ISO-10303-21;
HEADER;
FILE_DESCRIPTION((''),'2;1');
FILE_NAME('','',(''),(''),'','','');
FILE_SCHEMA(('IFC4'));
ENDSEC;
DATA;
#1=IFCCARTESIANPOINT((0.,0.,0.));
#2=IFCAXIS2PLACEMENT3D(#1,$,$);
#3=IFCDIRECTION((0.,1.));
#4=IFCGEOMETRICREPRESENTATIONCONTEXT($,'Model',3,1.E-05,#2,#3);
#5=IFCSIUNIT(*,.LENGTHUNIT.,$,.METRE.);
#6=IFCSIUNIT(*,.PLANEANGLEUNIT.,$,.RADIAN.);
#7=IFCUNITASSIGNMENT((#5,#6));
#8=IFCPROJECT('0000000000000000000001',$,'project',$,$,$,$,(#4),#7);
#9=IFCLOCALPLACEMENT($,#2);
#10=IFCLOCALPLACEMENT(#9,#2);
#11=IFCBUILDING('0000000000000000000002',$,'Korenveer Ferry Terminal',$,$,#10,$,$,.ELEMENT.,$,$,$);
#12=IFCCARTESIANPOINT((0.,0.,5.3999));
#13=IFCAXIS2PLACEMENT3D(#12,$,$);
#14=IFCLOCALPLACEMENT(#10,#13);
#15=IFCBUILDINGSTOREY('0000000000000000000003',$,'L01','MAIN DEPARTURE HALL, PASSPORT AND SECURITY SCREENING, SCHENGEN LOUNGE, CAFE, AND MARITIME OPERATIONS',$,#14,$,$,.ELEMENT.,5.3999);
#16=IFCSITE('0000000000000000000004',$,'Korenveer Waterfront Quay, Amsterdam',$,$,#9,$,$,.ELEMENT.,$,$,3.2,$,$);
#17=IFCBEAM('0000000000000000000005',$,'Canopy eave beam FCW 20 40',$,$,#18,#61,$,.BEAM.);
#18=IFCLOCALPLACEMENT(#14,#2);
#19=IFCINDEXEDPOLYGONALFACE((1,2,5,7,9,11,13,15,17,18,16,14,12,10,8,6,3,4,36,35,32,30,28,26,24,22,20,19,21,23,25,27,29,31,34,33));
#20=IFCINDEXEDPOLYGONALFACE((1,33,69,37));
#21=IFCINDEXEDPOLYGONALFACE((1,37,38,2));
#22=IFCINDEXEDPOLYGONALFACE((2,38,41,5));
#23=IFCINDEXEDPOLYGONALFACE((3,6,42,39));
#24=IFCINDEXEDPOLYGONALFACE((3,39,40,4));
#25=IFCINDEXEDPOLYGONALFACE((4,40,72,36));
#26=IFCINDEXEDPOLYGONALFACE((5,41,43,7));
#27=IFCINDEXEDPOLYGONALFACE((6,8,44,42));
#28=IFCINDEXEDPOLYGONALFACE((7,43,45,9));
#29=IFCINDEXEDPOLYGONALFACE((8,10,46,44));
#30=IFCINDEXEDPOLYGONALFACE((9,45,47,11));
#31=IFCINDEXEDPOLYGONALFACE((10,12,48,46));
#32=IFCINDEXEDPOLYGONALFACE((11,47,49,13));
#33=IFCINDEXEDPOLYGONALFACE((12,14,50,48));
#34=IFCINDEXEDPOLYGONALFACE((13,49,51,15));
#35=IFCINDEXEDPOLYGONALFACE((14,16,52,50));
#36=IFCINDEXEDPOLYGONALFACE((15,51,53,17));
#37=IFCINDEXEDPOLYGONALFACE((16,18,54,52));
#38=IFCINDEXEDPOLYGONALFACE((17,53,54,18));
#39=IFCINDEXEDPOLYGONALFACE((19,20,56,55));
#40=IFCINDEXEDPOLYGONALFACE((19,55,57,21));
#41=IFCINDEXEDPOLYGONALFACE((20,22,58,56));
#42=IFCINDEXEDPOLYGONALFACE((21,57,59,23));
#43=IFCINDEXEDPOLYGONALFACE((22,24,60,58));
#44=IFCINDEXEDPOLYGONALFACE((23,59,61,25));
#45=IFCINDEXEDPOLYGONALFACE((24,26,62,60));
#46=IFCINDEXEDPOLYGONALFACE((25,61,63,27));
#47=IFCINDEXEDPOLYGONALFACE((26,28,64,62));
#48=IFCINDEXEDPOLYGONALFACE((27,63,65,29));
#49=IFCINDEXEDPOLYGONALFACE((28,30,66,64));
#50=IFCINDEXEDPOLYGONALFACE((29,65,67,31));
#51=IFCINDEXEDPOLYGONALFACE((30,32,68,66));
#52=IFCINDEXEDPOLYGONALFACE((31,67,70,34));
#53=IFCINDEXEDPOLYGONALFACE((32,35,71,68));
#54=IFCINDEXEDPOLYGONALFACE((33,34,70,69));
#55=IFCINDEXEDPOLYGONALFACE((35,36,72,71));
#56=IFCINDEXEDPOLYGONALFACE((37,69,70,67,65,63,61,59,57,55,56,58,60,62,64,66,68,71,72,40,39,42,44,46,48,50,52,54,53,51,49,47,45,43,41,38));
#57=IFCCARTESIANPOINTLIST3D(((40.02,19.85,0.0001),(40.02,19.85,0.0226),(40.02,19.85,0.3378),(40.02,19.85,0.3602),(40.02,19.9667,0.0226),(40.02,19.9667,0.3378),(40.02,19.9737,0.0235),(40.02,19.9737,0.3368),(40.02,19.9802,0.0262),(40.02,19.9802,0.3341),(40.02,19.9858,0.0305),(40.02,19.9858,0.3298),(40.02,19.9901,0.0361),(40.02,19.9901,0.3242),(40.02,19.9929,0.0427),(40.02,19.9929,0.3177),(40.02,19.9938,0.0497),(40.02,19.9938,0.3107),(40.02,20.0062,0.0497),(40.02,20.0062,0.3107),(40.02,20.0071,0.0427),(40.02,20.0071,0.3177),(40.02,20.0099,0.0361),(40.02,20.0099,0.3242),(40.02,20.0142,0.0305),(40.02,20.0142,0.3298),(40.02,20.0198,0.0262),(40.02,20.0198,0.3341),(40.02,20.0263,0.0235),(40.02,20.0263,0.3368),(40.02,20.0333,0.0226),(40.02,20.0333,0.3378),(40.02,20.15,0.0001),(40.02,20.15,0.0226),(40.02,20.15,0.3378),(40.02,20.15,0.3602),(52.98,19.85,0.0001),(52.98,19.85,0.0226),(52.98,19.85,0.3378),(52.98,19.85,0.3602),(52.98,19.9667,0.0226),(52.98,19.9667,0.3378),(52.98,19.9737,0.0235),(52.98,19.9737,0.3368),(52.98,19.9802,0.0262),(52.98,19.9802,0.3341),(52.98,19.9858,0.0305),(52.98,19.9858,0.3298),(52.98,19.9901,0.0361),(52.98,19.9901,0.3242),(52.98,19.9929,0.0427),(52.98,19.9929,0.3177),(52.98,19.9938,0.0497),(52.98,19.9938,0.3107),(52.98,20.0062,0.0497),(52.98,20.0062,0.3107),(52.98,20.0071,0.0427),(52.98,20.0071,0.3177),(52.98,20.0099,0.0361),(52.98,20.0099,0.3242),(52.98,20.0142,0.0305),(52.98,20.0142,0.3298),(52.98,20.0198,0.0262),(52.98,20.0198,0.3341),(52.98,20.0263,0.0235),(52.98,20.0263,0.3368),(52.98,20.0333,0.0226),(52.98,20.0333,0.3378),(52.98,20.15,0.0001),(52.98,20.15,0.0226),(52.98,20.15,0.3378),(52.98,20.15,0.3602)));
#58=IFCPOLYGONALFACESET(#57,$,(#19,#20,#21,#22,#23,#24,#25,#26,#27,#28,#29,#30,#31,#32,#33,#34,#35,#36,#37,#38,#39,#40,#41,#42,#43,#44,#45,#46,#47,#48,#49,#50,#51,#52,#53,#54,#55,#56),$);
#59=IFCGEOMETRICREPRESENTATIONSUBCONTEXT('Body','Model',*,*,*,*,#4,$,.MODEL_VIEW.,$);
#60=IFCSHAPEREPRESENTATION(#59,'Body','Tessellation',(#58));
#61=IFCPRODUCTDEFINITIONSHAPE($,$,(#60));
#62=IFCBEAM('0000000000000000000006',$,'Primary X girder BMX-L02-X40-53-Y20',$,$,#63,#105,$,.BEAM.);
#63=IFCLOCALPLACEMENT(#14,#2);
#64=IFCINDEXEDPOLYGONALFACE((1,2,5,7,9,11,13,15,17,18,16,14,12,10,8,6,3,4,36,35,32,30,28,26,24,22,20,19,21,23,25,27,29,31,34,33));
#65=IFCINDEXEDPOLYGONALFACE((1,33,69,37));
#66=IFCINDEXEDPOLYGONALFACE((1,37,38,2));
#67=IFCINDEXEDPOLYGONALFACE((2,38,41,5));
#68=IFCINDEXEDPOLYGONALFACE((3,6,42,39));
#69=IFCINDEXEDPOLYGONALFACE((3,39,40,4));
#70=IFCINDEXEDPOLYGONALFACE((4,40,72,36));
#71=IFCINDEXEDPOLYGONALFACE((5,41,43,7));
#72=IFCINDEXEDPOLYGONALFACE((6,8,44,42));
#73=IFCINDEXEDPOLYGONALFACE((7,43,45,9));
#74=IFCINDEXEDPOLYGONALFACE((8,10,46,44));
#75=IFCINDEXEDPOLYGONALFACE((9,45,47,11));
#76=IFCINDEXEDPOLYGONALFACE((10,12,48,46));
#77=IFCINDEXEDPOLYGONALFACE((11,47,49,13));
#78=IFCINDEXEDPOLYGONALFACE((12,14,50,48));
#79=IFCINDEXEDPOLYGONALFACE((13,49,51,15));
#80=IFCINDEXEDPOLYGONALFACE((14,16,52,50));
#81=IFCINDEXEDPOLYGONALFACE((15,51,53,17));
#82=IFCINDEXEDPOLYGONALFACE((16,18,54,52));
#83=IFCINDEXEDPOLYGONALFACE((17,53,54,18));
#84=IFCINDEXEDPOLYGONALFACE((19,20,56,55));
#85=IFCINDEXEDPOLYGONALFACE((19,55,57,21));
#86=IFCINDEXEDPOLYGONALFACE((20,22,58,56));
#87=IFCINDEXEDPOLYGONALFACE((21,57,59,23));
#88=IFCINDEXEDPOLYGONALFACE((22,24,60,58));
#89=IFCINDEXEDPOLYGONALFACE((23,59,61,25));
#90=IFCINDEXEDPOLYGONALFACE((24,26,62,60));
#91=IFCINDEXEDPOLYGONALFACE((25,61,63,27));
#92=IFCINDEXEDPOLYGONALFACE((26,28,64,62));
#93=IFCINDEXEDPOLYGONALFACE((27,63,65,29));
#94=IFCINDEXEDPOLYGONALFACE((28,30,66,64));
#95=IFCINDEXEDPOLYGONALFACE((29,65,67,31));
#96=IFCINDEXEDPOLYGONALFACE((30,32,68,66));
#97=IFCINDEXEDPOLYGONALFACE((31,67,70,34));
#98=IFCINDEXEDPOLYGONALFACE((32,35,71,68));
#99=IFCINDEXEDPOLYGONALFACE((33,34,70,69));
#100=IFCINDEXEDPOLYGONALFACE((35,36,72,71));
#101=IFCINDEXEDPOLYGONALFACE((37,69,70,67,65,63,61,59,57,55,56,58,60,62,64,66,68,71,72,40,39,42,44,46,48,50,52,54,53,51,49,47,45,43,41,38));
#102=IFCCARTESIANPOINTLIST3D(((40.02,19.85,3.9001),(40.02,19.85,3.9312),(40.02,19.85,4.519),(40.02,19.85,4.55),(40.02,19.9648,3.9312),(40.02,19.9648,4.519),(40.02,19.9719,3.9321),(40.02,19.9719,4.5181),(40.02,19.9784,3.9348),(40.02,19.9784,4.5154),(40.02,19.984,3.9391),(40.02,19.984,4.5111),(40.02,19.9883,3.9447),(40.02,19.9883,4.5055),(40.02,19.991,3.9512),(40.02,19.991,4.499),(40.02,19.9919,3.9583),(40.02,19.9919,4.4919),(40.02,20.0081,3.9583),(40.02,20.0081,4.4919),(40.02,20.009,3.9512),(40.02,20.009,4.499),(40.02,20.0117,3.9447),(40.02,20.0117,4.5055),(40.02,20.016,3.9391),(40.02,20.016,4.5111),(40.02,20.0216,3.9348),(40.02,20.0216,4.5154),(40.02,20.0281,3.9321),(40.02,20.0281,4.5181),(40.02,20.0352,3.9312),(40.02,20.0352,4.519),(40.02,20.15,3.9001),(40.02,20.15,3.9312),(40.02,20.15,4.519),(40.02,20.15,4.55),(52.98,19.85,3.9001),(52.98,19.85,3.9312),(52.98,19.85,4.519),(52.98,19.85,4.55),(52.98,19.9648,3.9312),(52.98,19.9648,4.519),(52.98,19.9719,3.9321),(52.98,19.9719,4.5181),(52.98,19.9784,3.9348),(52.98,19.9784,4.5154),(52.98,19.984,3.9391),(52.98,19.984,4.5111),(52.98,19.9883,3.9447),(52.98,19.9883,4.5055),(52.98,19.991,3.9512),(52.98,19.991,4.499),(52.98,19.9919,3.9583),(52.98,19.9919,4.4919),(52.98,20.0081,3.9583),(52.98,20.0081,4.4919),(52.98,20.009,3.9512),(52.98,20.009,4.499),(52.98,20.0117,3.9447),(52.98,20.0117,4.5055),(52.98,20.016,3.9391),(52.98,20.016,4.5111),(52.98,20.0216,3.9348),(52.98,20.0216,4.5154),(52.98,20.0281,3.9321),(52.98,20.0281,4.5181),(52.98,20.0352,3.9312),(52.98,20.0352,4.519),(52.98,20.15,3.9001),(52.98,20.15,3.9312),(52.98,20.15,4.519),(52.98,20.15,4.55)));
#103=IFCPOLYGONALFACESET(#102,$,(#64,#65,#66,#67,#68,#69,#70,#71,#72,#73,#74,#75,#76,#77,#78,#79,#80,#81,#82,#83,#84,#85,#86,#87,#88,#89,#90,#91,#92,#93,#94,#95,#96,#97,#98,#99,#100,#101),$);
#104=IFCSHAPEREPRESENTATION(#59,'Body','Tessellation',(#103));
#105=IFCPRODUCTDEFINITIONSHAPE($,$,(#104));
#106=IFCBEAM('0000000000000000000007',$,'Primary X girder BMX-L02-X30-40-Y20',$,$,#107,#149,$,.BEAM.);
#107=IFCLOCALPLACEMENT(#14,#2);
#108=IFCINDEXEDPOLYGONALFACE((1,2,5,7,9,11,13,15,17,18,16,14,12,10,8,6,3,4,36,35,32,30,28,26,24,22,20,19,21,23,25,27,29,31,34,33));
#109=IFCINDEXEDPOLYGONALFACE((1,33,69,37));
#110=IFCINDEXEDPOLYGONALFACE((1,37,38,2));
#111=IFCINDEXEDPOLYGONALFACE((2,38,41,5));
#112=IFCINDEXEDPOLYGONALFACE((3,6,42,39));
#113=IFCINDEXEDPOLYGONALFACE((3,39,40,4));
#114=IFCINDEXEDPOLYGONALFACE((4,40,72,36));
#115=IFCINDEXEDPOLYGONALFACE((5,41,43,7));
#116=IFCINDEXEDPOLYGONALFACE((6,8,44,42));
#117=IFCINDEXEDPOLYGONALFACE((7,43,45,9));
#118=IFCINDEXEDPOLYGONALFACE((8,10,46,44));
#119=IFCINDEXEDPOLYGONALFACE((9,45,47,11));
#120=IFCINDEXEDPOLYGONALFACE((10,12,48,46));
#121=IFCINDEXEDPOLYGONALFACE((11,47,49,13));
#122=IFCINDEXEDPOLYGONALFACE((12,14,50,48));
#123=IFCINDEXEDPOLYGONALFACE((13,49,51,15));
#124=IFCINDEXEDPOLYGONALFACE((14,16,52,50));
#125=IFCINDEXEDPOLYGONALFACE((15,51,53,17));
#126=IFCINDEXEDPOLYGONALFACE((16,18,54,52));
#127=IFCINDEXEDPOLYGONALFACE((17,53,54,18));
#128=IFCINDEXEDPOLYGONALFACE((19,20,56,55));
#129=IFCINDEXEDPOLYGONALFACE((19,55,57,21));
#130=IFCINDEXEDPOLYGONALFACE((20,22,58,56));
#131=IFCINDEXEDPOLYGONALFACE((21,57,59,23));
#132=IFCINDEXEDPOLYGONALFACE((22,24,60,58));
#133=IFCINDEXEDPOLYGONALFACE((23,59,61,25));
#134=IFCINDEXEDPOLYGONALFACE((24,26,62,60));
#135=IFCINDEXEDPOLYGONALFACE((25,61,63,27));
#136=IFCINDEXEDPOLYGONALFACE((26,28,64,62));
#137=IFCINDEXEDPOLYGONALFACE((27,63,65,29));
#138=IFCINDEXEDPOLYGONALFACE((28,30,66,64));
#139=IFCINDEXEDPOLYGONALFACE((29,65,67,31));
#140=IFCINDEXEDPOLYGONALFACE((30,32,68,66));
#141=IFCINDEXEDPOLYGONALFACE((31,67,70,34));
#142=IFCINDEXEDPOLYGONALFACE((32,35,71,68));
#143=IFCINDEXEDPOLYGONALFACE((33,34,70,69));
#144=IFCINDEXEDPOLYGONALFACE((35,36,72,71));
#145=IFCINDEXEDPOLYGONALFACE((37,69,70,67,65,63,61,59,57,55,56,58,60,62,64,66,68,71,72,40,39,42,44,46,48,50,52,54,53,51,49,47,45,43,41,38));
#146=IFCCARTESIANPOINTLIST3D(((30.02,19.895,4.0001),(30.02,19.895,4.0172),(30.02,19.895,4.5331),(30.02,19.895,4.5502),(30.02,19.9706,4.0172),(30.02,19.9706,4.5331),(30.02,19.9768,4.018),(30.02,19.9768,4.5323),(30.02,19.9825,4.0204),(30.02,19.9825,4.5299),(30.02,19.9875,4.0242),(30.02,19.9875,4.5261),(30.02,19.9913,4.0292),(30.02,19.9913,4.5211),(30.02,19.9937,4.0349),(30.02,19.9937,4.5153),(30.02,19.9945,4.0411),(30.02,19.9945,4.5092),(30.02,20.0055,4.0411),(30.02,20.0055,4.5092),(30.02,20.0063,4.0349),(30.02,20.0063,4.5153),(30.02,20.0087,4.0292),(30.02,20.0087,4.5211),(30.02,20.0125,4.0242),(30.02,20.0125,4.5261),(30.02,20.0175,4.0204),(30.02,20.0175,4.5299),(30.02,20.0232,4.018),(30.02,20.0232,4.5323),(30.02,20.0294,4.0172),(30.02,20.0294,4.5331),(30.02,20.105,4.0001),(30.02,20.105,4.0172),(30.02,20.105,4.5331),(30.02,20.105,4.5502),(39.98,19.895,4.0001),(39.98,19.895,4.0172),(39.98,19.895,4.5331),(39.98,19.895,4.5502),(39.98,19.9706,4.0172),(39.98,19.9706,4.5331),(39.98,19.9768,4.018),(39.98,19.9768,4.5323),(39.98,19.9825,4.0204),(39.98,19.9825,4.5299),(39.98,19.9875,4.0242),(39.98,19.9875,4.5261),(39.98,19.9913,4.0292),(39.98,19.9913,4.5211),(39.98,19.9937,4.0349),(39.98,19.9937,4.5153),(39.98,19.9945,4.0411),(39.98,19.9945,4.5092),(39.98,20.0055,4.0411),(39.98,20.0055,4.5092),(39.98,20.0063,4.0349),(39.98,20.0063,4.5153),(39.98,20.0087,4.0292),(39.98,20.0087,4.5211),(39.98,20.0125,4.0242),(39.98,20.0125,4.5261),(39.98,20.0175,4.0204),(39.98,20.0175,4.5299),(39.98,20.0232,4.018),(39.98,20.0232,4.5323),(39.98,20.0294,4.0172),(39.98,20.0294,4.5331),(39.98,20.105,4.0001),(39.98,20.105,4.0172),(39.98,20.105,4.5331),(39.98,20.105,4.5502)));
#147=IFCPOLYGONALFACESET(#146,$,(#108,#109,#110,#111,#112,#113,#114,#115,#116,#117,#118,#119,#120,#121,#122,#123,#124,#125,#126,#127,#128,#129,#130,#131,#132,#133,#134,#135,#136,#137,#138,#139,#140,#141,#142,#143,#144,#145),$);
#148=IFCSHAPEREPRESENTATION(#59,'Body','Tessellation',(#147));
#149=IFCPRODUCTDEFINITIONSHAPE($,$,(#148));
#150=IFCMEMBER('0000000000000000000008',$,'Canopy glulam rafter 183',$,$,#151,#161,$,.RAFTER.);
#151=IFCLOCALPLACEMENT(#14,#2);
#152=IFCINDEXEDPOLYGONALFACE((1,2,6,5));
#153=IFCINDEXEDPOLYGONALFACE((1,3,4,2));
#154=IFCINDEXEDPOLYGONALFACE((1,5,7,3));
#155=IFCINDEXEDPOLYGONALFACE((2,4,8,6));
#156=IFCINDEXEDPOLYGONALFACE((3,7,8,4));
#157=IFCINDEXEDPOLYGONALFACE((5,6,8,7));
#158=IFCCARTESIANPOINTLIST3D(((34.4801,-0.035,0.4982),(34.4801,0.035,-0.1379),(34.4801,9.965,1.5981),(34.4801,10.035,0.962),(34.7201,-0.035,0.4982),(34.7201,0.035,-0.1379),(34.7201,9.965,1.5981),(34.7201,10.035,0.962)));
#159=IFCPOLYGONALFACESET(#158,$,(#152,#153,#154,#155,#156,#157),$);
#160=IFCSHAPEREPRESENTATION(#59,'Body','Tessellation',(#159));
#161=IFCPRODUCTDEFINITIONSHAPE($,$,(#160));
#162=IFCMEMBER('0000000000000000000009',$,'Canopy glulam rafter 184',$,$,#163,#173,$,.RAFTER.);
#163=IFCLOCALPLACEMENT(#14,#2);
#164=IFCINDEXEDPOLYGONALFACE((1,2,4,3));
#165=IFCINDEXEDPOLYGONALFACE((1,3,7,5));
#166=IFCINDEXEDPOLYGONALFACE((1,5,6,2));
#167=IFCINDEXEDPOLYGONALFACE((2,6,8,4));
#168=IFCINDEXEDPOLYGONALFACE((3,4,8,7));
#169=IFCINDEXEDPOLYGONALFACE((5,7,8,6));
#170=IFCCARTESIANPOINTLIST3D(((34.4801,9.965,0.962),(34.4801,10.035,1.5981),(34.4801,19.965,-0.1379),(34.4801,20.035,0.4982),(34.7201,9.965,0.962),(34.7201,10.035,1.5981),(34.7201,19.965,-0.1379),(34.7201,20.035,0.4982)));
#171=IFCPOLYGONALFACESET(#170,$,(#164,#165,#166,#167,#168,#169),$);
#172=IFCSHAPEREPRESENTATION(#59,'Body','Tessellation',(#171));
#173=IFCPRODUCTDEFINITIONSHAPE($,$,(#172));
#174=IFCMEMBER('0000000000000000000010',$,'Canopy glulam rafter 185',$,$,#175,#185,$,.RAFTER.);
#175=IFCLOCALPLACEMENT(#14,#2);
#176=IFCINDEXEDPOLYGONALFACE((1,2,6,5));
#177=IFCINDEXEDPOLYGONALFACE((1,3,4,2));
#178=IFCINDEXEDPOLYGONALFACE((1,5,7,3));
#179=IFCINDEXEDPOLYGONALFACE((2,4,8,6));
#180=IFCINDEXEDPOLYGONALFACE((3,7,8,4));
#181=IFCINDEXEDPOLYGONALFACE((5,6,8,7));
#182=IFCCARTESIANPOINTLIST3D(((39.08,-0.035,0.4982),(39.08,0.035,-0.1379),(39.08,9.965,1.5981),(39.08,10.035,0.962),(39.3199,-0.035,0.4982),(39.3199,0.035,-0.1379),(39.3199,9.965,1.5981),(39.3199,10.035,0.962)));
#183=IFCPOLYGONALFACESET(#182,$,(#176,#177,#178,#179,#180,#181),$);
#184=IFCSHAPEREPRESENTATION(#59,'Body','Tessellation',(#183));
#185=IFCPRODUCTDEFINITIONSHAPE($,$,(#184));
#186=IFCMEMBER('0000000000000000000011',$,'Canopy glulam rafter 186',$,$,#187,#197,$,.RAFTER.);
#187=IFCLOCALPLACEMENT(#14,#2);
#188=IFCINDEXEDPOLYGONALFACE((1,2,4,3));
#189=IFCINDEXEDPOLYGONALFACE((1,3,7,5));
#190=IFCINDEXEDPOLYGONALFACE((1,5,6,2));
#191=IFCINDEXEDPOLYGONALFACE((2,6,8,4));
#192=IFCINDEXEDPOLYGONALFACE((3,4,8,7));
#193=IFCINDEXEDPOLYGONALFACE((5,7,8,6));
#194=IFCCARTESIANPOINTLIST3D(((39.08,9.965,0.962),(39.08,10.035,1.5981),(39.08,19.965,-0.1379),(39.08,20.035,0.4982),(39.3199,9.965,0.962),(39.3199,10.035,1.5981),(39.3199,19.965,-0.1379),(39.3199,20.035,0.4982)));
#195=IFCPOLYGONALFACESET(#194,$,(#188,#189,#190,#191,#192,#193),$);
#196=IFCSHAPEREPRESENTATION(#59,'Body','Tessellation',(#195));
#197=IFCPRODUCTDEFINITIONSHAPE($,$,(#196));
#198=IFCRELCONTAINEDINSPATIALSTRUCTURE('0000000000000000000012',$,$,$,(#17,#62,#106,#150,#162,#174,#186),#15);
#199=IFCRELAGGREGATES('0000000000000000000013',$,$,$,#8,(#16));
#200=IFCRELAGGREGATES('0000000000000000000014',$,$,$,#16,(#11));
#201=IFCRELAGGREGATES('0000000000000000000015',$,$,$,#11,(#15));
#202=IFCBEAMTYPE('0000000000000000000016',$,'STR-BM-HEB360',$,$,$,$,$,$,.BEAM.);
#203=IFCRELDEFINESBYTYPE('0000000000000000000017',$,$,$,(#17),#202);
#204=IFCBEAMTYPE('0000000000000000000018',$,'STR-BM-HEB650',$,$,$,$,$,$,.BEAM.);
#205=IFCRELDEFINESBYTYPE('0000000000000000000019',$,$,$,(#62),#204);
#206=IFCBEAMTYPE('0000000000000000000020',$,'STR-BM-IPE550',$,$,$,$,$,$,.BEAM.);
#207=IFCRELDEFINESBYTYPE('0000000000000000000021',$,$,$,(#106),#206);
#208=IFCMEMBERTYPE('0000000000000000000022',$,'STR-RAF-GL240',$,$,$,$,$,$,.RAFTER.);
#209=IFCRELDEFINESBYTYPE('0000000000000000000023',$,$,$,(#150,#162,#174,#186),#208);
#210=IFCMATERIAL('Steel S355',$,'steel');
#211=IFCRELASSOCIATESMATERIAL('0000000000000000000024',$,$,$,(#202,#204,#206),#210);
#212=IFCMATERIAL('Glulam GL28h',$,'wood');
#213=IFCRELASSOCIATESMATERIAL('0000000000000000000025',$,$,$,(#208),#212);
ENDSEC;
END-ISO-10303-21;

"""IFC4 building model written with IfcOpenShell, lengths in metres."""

from ifc_helpers import new_model, si_unit, direction, frame, origin, origin_2d, place, context, subcontext, project, spatial, rectangle, i_section, extrude, material, material_profile, profile_set, type_object, element, save


model = new_model("IFC4")

# Units and contexts
model_context = context("Model", 3, precision=1e-05, world=origin(), true_north=direction((0.0, 1.0)))
body_context = subcontext(model_context, "Body", "Model", "MODEL_VIEW")
ifc_project = project(units=[si_unit("LENGTHUNIT", "METRE"), si_unit("PLANEANGLEUNIT", "RADIAN")], contexts=[model_context])

# Site, building, storey
site_placement = place(None, origin())
site = spatial("IfcSite", under=ifc_project, at=site_placement, Name="Korenveer Waterfront Quay, Amsterdam", CompositionType="ELEMENT", RefElevation=3.2)
building_placement = place(site_placement, origin())
building = spatial("IfcBuilding", under=site, at=building_placement, Name="Korenveer Ferry Terminal", CompositionType="ELEMENT")
storey_placement = place(building_placement, frame((0.0, 0.0, 5.3999)))
storey = spatial("IfcBuildingStorey", under=building, at=storey_placement, Name="L01", Description="MAIN DEPARTURE HALL, PASSPORT AND SECURITY SCREENING, SCHENGEN LOUNGE, CAFE, AND MARITIME OPERATIONS", CompositionType="ELEMENT", Elevation=5.3999)

# Beams
ifc_material_1 = material(Name="Steel S355", Category="steel")
ifc_material_profile_1 = material_profile(ifc_material_1, i_section(OverallWidth=0.3, OverallDepth=0.3601, WebThickness=0.0125, FlangeThickness=0.0225, FilletRadius=0.0271, at=origin_2d()), Name="HEB 360")
ifc_profile_set_1 = profile_set([ifc_material_profile_1], Name="Steel S355")
beam_type_1 = type_object("IfcBeamType", Name="STR-BM-HEB360", PredefinedType="BEAM", material=ifc_profile_set_1)
beam_1_placement = place(storey_placement, frame((40.02, 20.0, 0.1802), z_axis=(1.0, 0.0, 0.0), x_axis=(0.0, 1.0, 0.0)))
element("IfcBeam", 1, at=beam_1_placement, inside=storey, type_object=beam_type_1, Name="Canopy eave beam FCW 20 40", PredefinedType="BEAM", context=body_context, shape_type="SweptSolid", body=[
    extrude(i_section(OverallWidth=0.3, OverallDepth=0.3601, WebThickness=0.0125, FlangeThickness=0.0225, FilletRadius=0.0271, at=origin_2d()), origin(), (0.0, 0.0, 1.0), 12.96),
])
ifc_material_profile_2 = material_profile(ifc_material_1, i_section(OverallWidth=0.3, OverallDepth=0.6499, WebThickness=0.0161, FlangeThickness=0.031, FilletRadius=0.0271, at=origin_2d()), Name="HEB 650")
ifc_profile_set_2 = profile_set([ifc_material_profile_2], Name="Steel S355")
beam_type_2 = type_object("IfcBeamType", Name="STR-BM-HEB650", PredefinedType="BEAM", material=ifc_profile_set_2)
beam_2_placement = place(storey_placement, frame((40.02, 20.0, 4.2251), z_axis=(1.0, 0.0, 0.0), x_axis=(0.0, 1.0, 0.0)))
element("IfcBeam", 2, at=beam_2_placement, inside=storey, type_object=beam_type_2, Name="Primary X girder BMX-L02-X40-53-Y20", PredefinedType="BEAM", context=body_context, shape_type="SweptSolid", body=[
    extrude(i_section(OverallWidth=0.3, OverallDepth=0.6499, WebThickness=0.0161, FlangeThickness=0.031, FilletRadius=0.0271, at=origin_2d()), origin(), (0.0, 0.0, 1.0), 12.96),
])
ifc_material_profile_3 = material_profile(ifc_material_1, i_section(OverallWidth=0.21, OverallDepth=0.55, WebThickness=0.011, FlangeThickness=0.0171, FilletRadius=0.0239, at=origin_2d()), Name="IPE 550")
ifc_profile_set_3 = profile_set([ifc_material_profile_3], Name="Steel S355")
beam_type_3 = type_object("IfcBeamType", Name="STR-BM-IPE550", PredefinedType="BEAM", material=ifc_profile_set_3)
beam_3_placement = place(storey_placement, frame((30.02, 20.0, 4.2751), z_axis=(1.0, 0.0, 0.0), x_axis=(0.0, 1.0, 0.0)))
element("IfcBeam", 3, at=beam_3_placement, inside=storey, type_object=beam_type_3, Name="Primary X girder BMX-L02-X30-40-Y20", PredefinedType="BEAM", context=body_context, shape_type="SweptSolid", body=[
    extrude(i_section(OverallWidth=0.21, OverallDepth=0.55, WebThickness=0.011, FlangeThickness=0.0171, FilletRadius=0.0239, at=origin_2d()), origin(), (0.0, 0.0, 1.0), 9.96),
])

# Members
ifc_material_2 = material(Name="Glulam GL28h", Category="wood")
ifc_material_profile_4 = material_profile(ifc_material_2, rectangle(XDim=0.24, YDim=0.6399, at=origin_2d()), Name="GL 240x640")
ifc_profile_set_4 = profile_set([ifc_material_profile_4], Name="Glulam GL28h")
member_type_1 = type_object("IfcMemberType", Name="STR-RAF-GL240", PredefinedType="RAFTER", material=ifc_profile_set_4)
for number, where, z_axis, x_axis, name in (
    (4, (34.6001, 0.0, 0.1802), (0.0, 0.994006, 0.109326), (-1.0, 0.0, 0.0), "Canopy glulam rafter 183"),
    (5, (34.6001, 10.0, 1.28), (0.0, 0.994006, -0.109326), (-1.0, 0.0, 0.0), "Canopy glulam rafter 184"),
    (6, (39.2, 0.0, 0.1802), (0.0, 0.994006, 0.109326), (-1.0, 0.0, 0.0), "Canopy glulam rafter 185"),
    (7, (39.2, 10.0, 1.28), (0.0, 0.994006, -0.109326), (-1.0, 0.0, 0.0), "Canopy glulam rafter 186"),
):
    element("IfcMember", number, at=place(storey_placement, frame(where, z_axis=z_axis, x_axis=x_axis)), inside=storey, type_object=member_type_1, Name=name, PredefinedType="RAFTER", context=body_context, shape_type="SweptSolid", body=[
        extrude(rectangle(XDim=0.24, YDim=0.6399, at=origin_2d()), origin(), (0.0, 0.0, 1.0), 10.0603),
    ])

save(model, "model.ifc")
